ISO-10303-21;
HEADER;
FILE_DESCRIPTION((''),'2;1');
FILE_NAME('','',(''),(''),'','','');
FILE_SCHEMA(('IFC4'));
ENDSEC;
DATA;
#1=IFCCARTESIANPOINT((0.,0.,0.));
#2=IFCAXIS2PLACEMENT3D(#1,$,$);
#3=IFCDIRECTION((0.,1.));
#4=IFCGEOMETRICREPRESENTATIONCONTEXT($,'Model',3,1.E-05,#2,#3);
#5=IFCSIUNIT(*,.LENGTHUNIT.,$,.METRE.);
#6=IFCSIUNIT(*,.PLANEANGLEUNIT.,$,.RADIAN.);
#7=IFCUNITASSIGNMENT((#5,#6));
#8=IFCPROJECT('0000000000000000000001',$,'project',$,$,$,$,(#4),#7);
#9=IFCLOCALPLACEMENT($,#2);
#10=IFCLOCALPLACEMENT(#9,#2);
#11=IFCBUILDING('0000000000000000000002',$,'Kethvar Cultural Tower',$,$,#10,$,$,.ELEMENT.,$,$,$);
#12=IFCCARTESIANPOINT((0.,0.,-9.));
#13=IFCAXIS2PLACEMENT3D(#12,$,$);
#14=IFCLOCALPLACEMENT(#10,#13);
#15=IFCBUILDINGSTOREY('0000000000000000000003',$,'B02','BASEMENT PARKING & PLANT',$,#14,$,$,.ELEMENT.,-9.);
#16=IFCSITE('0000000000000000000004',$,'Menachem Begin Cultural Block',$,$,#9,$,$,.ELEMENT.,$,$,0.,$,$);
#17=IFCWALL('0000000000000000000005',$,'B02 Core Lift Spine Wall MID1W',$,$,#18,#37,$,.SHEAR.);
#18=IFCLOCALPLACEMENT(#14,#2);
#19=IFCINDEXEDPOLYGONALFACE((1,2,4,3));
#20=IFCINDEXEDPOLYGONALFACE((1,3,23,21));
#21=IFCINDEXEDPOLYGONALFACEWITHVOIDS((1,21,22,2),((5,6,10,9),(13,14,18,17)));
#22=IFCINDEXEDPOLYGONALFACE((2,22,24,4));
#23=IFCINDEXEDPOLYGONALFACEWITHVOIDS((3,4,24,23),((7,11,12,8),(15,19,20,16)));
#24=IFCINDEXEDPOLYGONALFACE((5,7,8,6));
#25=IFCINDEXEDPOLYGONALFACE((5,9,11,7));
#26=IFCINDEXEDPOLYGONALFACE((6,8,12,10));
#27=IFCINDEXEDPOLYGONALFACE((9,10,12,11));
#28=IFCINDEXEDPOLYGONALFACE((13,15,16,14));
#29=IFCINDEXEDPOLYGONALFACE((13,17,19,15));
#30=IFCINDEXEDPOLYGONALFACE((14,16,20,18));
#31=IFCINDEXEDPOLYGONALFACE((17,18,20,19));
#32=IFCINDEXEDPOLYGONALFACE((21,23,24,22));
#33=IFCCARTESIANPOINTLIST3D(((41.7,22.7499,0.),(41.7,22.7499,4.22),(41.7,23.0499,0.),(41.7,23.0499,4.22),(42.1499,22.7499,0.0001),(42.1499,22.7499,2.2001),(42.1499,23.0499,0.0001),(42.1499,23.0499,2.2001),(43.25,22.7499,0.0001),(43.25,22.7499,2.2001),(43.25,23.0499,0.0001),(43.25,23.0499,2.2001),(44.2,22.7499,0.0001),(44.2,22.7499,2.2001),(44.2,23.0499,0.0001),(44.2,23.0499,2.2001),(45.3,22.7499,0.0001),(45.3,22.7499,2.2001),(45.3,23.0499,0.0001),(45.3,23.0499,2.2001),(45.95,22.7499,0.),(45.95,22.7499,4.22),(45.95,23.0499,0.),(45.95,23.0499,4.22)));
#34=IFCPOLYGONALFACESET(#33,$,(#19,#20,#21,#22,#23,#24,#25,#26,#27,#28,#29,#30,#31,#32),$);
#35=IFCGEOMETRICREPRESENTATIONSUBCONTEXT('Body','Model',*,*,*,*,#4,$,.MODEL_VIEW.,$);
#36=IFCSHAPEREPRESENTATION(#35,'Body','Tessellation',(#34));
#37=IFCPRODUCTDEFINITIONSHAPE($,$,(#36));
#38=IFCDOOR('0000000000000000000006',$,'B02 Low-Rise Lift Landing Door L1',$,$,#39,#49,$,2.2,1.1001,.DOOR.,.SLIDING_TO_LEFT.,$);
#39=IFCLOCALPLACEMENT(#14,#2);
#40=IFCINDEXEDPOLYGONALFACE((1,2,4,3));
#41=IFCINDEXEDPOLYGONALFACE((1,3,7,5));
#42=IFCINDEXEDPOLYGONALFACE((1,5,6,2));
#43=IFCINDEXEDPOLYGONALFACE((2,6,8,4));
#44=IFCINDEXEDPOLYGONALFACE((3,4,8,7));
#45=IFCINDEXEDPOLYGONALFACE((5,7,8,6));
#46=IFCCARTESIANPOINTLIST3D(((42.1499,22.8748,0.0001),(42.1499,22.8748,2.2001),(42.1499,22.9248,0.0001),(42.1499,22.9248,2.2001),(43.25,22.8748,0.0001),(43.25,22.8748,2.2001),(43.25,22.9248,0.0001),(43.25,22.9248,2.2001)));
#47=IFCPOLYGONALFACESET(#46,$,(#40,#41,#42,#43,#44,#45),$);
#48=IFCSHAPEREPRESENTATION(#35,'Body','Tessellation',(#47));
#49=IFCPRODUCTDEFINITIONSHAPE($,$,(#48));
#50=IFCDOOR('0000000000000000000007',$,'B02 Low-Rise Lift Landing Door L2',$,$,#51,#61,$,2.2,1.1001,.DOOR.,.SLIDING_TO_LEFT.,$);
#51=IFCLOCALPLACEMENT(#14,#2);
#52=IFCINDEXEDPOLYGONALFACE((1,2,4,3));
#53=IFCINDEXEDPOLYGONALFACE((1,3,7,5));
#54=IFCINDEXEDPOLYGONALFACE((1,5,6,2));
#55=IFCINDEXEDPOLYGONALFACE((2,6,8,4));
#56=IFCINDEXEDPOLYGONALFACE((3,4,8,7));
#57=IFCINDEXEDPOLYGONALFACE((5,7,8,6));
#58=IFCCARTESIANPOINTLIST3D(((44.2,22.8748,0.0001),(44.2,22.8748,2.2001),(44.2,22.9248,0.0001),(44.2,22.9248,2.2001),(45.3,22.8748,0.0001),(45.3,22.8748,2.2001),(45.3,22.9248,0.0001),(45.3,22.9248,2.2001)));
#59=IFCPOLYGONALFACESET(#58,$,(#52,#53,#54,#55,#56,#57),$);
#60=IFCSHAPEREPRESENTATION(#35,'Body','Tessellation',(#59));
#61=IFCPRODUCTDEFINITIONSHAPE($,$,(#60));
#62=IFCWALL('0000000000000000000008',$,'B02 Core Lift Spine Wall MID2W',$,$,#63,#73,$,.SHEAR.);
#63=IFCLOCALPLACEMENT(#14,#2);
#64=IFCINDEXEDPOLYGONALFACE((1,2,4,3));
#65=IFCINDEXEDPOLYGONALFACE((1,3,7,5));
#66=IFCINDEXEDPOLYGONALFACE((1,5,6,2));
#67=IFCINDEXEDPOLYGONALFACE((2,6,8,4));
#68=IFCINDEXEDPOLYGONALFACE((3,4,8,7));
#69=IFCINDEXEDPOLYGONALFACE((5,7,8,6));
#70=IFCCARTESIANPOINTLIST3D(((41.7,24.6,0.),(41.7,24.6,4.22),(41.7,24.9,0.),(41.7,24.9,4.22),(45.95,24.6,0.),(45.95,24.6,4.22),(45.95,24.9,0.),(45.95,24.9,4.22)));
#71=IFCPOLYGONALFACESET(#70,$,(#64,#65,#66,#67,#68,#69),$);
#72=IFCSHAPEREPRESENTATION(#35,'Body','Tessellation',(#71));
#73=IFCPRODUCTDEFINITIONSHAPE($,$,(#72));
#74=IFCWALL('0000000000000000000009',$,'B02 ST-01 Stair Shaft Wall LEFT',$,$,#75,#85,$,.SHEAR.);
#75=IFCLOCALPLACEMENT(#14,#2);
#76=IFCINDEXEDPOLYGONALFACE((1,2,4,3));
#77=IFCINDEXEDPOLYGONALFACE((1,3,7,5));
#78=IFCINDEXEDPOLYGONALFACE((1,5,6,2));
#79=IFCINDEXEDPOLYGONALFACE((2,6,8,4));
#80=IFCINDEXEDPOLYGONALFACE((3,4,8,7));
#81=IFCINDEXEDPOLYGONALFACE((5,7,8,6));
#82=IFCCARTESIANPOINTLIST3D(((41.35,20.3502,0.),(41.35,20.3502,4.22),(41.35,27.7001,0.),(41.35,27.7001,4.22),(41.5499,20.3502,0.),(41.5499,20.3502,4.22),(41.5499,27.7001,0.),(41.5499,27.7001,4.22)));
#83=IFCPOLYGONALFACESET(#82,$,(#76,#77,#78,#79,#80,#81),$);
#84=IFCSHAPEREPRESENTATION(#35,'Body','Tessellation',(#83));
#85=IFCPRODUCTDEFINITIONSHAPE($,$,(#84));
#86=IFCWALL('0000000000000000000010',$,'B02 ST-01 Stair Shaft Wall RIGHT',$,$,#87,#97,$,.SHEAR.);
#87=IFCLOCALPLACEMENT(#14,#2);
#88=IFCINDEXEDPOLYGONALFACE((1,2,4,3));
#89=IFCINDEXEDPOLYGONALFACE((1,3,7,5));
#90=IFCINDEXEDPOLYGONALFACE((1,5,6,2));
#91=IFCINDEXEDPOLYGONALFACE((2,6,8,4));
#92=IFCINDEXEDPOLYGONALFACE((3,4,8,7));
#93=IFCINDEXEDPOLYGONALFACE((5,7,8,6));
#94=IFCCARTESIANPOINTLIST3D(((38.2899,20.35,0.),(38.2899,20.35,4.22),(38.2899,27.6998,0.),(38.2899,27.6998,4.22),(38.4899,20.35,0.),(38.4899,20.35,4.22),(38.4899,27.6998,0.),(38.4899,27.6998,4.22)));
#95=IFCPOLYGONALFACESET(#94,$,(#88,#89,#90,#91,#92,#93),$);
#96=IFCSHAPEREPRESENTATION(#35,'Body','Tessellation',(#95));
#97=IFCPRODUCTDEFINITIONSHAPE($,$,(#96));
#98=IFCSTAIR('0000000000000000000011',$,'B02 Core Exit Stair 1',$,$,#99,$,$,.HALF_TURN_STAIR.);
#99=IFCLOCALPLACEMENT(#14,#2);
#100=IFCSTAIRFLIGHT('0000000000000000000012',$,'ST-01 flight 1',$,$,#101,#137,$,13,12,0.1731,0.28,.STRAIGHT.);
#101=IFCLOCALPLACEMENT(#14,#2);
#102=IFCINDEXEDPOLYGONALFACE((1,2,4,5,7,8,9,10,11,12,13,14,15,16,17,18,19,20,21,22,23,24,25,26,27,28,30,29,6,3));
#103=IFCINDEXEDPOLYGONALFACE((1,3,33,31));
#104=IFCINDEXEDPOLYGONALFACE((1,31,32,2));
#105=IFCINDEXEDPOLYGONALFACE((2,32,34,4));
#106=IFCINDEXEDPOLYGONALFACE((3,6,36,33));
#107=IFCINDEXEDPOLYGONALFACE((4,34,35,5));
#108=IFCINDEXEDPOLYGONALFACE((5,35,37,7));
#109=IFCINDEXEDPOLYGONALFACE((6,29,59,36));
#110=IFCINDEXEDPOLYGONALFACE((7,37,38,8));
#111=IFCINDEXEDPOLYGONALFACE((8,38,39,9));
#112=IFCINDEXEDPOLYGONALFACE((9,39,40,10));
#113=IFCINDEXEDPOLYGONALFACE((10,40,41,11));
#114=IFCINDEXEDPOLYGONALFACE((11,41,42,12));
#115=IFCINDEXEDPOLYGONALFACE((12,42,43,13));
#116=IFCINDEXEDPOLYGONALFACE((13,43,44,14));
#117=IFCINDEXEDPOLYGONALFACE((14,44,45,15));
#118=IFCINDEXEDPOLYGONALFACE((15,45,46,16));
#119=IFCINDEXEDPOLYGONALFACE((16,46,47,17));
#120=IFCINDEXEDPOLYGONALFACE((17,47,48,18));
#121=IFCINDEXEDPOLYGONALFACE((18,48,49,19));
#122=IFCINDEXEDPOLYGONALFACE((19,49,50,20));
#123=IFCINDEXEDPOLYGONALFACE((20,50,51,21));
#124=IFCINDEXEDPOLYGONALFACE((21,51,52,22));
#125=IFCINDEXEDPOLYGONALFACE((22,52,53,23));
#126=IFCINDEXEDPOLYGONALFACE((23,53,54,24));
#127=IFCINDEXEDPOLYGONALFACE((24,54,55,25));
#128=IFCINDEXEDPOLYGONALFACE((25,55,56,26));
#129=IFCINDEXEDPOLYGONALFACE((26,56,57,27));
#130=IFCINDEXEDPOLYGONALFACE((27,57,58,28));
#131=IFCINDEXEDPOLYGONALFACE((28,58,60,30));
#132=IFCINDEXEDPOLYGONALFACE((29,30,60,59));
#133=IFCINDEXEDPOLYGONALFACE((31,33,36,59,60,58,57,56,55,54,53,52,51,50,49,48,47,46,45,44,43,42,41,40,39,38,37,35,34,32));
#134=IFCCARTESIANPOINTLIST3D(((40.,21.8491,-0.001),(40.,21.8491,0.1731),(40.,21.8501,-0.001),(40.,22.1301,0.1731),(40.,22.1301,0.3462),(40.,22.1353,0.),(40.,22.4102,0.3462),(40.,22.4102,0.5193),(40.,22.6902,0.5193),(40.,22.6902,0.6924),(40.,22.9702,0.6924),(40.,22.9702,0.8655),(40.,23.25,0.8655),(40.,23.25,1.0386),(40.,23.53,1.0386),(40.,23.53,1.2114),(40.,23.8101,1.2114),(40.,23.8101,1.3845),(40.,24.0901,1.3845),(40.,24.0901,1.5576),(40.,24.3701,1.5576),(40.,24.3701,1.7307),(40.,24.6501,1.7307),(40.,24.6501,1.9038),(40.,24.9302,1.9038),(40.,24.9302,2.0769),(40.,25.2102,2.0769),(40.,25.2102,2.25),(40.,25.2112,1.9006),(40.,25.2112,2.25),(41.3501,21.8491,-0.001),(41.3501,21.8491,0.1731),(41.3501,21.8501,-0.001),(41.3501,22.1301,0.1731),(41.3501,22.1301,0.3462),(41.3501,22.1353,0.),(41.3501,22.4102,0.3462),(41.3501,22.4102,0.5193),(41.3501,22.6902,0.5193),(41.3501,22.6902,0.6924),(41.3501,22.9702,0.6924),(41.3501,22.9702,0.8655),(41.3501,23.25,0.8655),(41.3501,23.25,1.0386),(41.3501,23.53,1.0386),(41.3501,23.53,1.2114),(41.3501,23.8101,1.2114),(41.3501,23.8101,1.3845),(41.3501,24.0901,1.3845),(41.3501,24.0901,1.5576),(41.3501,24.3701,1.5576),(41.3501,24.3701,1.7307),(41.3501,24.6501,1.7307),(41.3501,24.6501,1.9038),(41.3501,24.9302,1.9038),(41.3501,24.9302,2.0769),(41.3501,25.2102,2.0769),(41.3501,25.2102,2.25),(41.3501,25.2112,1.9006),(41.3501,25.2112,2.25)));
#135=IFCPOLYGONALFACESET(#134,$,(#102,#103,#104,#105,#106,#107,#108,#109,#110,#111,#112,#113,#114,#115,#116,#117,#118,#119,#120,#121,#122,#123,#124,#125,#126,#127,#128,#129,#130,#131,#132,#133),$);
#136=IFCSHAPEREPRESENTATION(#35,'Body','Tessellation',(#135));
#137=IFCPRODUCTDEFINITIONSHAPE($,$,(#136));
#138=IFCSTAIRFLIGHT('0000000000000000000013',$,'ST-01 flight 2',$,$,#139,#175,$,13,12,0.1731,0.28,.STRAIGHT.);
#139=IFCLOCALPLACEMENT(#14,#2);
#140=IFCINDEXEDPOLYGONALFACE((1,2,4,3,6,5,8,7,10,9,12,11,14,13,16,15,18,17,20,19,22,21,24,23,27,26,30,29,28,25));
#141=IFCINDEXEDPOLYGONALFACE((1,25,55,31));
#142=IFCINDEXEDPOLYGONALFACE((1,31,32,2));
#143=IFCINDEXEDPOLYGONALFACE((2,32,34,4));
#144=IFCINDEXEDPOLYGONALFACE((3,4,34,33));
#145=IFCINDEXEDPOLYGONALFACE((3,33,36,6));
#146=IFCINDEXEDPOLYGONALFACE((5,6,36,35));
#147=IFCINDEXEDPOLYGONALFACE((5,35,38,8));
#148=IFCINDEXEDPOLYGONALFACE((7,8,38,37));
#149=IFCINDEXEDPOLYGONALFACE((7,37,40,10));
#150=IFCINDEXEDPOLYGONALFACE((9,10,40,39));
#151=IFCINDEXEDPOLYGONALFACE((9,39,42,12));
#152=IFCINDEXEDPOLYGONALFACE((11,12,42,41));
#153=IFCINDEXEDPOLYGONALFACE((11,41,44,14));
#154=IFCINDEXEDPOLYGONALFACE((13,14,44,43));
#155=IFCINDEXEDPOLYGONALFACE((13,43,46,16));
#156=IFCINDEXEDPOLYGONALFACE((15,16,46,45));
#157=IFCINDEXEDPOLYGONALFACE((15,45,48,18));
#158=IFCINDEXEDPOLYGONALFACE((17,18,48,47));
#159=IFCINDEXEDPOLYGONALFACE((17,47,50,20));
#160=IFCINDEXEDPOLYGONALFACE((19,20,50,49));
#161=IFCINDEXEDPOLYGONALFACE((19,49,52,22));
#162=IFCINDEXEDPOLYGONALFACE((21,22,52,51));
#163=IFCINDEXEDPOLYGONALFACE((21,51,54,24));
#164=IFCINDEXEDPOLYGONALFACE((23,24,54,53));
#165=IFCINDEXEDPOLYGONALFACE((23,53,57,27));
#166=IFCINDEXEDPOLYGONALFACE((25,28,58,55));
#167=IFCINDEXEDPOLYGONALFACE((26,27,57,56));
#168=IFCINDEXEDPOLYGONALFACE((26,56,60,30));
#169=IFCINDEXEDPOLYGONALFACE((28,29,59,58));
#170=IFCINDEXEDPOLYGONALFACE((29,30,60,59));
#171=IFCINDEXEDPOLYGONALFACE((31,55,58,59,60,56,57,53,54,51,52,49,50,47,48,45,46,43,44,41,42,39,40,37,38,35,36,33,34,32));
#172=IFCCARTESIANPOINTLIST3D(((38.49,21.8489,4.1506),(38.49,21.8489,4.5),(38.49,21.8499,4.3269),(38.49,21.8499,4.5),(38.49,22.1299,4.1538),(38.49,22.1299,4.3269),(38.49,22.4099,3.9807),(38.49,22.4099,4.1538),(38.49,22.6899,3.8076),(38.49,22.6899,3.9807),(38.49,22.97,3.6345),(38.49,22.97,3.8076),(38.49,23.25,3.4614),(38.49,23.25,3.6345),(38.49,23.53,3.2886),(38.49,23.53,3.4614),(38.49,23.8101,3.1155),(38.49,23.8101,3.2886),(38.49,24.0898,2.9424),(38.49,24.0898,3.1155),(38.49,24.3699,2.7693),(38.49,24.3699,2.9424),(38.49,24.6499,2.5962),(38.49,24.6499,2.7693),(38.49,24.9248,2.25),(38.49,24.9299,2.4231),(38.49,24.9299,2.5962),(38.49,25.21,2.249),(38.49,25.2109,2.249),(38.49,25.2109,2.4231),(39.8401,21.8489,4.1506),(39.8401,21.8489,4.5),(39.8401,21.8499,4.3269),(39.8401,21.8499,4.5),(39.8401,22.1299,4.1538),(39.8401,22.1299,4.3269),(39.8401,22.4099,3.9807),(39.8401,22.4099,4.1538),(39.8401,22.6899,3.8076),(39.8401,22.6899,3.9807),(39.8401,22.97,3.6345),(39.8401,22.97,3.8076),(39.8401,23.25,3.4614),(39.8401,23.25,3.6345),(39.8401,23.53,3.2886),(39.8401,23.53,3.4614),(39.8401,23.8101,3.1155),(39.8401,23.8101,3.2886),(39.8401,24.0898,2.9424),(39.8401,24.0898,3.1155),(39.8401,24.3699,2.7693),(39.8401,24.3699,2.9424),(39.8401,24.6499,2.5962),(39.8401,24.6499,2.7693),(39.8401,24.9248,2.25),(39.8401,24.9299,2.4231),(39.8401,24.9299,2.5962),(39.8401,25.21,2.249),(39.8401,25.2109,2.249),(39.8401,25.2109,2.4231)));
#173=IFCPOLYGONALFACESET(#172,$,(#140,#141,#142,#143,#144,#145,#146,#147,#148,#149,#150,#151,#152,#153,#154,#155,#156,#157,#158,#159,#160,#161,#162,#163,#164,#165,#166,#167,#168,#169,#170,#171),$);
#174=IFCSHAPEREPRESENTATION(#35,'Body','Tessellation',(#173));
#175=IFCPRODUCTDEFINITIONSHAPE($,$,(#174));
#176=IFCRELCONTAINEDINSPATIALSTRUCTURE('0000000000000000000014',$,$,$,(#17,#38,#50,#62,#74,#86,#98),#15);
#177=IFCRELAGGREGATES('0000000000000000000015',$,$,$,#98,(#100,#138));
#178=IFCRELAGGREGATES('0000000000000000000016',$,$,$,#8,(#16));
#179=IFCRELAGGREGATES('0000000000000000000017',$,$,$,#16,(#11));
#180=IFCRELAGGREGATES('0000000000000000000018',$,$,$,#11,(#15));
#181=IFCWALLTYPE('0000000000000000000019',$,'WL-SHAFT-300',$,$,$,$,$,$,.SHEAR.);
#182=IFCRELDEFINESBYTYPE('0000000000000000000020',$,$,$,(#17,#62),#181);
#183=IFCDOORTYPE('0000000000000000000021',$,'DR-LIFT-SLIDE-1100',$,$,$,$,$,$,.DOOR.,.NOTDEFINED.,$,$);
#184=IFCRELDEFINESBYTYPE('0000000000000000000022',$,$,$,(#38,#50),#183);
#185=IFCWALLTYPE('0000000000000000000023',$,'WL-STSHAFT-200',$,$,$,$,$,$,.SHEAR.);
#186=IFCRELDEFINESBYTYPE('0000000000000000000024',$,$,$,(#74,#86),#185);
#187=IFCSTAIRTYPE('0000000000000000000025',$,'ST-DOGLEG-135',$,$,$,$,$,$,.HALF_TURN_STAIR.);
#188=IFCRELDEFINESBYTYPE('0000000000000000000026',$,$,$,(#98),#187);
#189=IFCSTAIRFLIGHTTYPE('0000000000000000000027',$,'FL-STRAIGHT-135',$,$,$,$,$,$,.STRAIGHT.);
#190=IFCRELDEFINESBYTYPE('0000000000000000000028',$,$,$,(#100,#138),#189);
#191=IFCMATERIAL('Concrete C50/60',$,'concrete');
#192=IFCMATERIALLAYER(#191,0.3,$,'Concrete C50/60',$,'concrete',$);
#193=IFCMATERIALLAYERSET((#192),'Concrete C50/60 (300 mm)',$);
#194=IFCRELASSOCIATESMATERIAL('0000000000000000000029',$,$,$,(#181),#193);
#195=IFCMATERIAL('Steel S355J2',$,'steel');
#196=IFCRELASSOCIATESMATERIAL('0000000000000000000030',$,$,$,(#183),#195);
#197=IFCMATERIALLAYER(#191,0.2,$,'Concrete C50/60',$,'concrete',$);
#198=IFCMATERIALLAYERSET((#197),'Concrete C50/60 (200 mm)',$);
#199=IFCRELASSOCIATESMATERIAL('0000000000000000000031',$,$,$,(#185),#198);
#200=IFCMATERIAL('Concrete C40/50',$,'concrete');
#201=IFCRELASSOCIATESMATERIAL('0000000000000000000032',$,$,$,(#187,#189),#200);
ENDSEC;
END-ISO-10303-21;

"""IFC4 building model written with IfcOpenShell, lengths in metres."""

from ifc_helpers import new_model, si_unit, direction, frame, frame_2d, origin, place, context, subcontext, project, spatial, polyline, rectangle, outline, extrude, source, transform, mapped, material, layer, layer_set, type_object, element, fill, aggregate, save


model = new_model("IFC4")

# Units and contexts
model_context = context("Model", 3, precision=1e-05, world=origin(), true_north=direction((0.0, 1.0)))
body_context = subcontext(model_context, "Body", "Model", "MODEL_VIEW")
ifc_project = project(units=[si_unit("LENGTHUNIT", "METRE"), si_unit("PLANEANGLEUNIT", "RADIAN")], contexts=[model_context])

# Site, building, storey
site_placement = place(None, origin())
site = spatial("IfcSite", under=ifc_project, at=site_placement, Name="Menachem Begin Cultural Block", CompositionType="ELEMENT", RefElevation=0.0)
building_placement = place(site_placement, origin())
building = spatial("IfcBuilding", under=site, at=building_placement, Name="Kethvar Cultural Tower", CompositionType="ELEMENT")
storey_placement = place(building_placement, frame((0.0, 0.0, -9.0)))
storey = spatial("IfcBuildingStorey", under=building, at=storey_placement, Name="B02", Description="BASEMENT PARKING & PLANT", CompositionType="ELEMENT", Elevation=-9.0)

# Shared definitions
ifc_material_1 = material(Name="Steel S355J2", Category="steel")

# Shared definitions
ifc_material_2 = material(Name="Concrete C40/50", Category="concrete")

# Wall, openings, doors
ifc_material_3 = material(Name="Concrete C50/60", Category="concrete")
ifc_layer_1 = layer(ifc_material_3, 0.3, Name="Concrete C50/60", Category="concrete")
ifc_layer_set_1 = layer_set([ifc_layer_1], Name="Concrete C50/60 (300 mm)")
wall_type_1 = type_object("IfcWallType", Name="WL-SHAFT-300", PredefinedType="SHEAR", material=ifc_layer_set_1)
wall_1_placement = place(storey_placement, frame((41.7, 22.8999, 0.0), z_axis=(0.0, 0.0, 1.0), x_axis=(1.0, 0.0, 0.0)))
wall_1 = element("IfcWall", 1, at=wall_1_placement, inside=storey, type_object=wall_type_1, Name="B02 Core Lift Spine Wall MID1W", PredefinedType="SHEAR", context=body_context, shape_type="SweptSolid", body=[
    extrude(rectangle(XDim=4.25, YDim=0.3, at=frame_2d((2.125, 0.0))), origin(), (0.0, 0.0, 1.0), 4.22),
])
opening_1_placement = place(wall_1_placement, frame((0.45, 0.0, 0.0)))
opening_1 = element("IfcOpeningElement", 2, at=opening_1_placement, cuts=wall_1, PredefinedType="OPENING", context=body_context, shape_type="SweptSolid", body=[
    extrude(rectangle(XDim=1.1001, YDim=2.2, at=frame_2d((0.55, 1.1001))), frame((0.0, 0.1599, 0.0), z_axis=(0.0, -1.0, 0.0), x_axis=(1.0, 0.0, 0.0)), (0.0, 0.0, 1.0), 0.3201),
])
opening_2_placement = place(wall_1_placement, frame((2.5, 0.0, 0.0)))
opening_2 = element("IfcOpeningElement", 3, at=opening_2_placement, cuts=wall_1, PredefinedType="OPENING", context=body_context, shape_type="SweptSolid", body=[
    extrude(rectangle(XDim=1.1001, YDim=2.2, at=frame_2d((0.55, 1.1001))), frame((0.0, 0.1599, 0.0), z_axis=(0.0, -1.0, 0.0), x_axis=(1.0, 0.0, 0.0)), (0.0, 0.0, 1.0), 0.3201),
])
door_type_1 = type_object("IfcDoorType", Name="DR-LIFT-SLIDE-1100", OperationType="NOTDEFINED", PredefinedType="DOOR", material=ifc_material_1)
shared_shape_1 = source(origin(), body_context, "Body", "SweptSolid", [
    extrude(rectangle(XDim=1.1001, YDim=2.2, at=frame_2d((0.55, 1.1001))), frame((0.0, 0.0249, 0.0), z_axis=(0.0, -1.0, 0.0), x_axis=(1.0, 0.0, 0.0)), (0.0, 0.0, 1.0), 0.05),
])
door_1_placement = place(opening_1_placement, origin())
door_1 = element("IfcDoor", 4, at=door_1_placement, inside=storey, type_object=door_type_1, Name="B02 Low-Rise Lift Landing Door L1", OperationType="SLIDING_TO_LEFT", OverallHeight=2.2, OverallWidth=1.1001, PredefinedType="DOOR", context=body_context, shape_type="MappedRepresentation", body=[
    mapped(shared_shape_1, transform((0.0, 0.0, 0.0), scale=1.0)),
])
fill(opening_1, door_1)
door_2_placement = place(opening_2_placement, origin())
door_2 = element("IfcDoor", 5, at=door_2_placement, inside=storey, type_object=door_type_1, Name="B02 Low-Rise Lift Landing Door L2", OperationType="SLIDING_TO_LEFT", OverallHeight=2.2, OverallWidth=1.1001, PredefinedType="DOOR", context=body_context, shape_type="MappedRepresentation", body=[
    mapped(shared_shape_1, transform((0.0, 0.0, 0.0), scale=1.0)),
])
fill(opening_2, door_2)

# Walls
wall_2_placement = place(storey_placement, frame((41.7, 24.75, 0.0), z_axis=(0.0, 0.0, 1.0), x_axis=(1.0, 0.0, 0.0)))
element("IfcWall", 6, at=wall_2_placement, inside=storey, type_object=wall_type_1, Name="B02 Core Lift Spine Wall MID2W", PredefinedType="SHEAR", context=body_context, shape_type="SweptSolid", body=[
    extrude(rectangle(XDim=4.25, YDim=0.3, at=frame_2d((2.125, 0.0))), origin(), (0.0, 0.0, 1.0), 4.22),
])
ifc_layer_2 = layer(ifc_material_3, 0.2, Name="Concrete C50/60", Category="concrete")
ifc_layer_set_2 = layer_set([ifc_layer_2], Name="Concrete C50/60 (200 mm)")
wall_type_2 = type_object("IfcWallType", Name="WL-STSHAFT-200", PredefinedType="SHEAR", material=ifc_layer_set_2)
for number, where, z_axis, x_axis, name in (
    (7, (41.45, 27.7, 0.0), (0.0, 0.0, 1.0), (0.0, -1.0, 0.0), "B02 ST-01 Stair Shaft Wall LEFT"),
    (8, (38.3899, 20.3501, 0.0), (0.0, 0.0, 1.0), (0.0, 1.0, 0.0), "B02 ST-01 Stair Shaft Wall RIGHT"),
):
    element("IfcWall", number, at=place(storey_placement, frame(where, z_axis=z_axis, x_axis=x_axis)), inside=storey, type_object=wall_type_2, Name=name, PredefinedType="SHEAR", context=body_context, shape_type="SweptSolid", body=[
        extrude(rectangle(XDim=7.3499, YDim=0.2, at=frame_2d((3.6748, 0.0))), origin(), (0.0, 0.0, 1.0), 4.22),
    ])

# Stair, stair flights
stair_type = type_object("IfcStairType", Name="ST-DOGLEG-135", PredefinedType="HALF_TURN_STAIR", material=ifc_material_2)
stair_placement = place(storey_placement, origin())
stair = element("IfcStair", 9, at=stair_placement, inside=storey, type_object=stair_type, Name="B02 Core Exit Stair 1", PredefinedType="HALF_TURN_STAIR")
stair_flight_type = type_object("IfcStairFlightType", Name="FL-STRAIGHT-135", PredefinedType="STRAIGHT", material=ifc_material_2)
stair_flight_1_placement = place(storey_placement, frame((40.675, 21.8501, 0.0), z_axis=(0.0, 0.0, 1.0), x_axis=(0.0, 1.0, 0.0)))
stair_flight_1 = element("IfcStairFlight", 10, at=stair_flight_1_placement, type_object=stair_flight_type, Name="ST-01 flight 1", NumberOfRisers=13, NumberOfTreads=12, PredefinedType="STRAIGHT", RiserHeight=0.1731, TreadLength=0.28, context=body_context, shape_type="SweptSolid", body=[
    extrude(outline(polyline([(-0.001, -0.001), (-0.001, 0.1731), (0.28, 0.1731), (0.28, 0.3462), (0.5601, 0.3462), (0.5601, 0.5193), (0.8401, 0.5193), (0.8401, 0.6924), (1.1201, 0.6924), (1.1201, 0.8655), (1.3999, 0.8655), (1.3999, 1.0386), (1.6799, 1.0386), (1.6799, 1.2114), (1.96, 1.2114), (1.96, 1.3845), (2.24, 1.3845), (2.24, 1.5576), (2.52, 1.5576), (2.52, 1.7307), (2.8, 1.7307), (2.8, 1.9038), (3.0801, 1.9038), (3.0801, 2.0769), (3.3601, 2.0769), (3.3601, 2.25), (3.3611, 2.25), (3.3611, 1.9006), (0.2852, 0.0), (0.0, -0.001), (-0.001, -0.001)])), frame((0.0, 0.675, 0.0), z_axis=(0.0, -1.0, 0.0), x_axis=(1.0, 0.0, 0.0)), (0.0, 0.0, 1.0), 1.3501),
])
stair_flight_2_placement = place(storey_placement, frame((39.165, 25.21, 2.25), z_axis=(0.0, 0.0, 1.0), x_axis=(0.0, -1.0, 0.0)))
stair_flight_2 = element("IfcStairFlight", 11, at=stair_flight_2_placement, type_object=stair_flight_type, Name="ST-01 flight 2", NumberOfRisers=13, NumberOfTreads=12, PredefinedType="STRAIGHT", RiserHeight=0.1731, TreadLength=0.28, context=body_context, shape_type="SweptSolid", body=[
    extrude(outline(polyline([(-0.001, -0.001), (-0.001, 0.1731), (0.28, 0.1731), (0.28, 0.3462), (0.5601, 0.3462), (0.5601, 0.5193), (0.8401, 0.5193), (0.8401, 0.6924), (1.1201, 0.6924), (1.1201, 0.8655), (1.3999, 0.8655), (1.3999, 1.0386), (1.6799, 1.0386), (1.6799, 1.2114), (1.96, 1.2114), (1.96, 1.3845), (2.24, 1.3845), (2.24, 1.5576), (2.52, 1.5576), (2.52, 1.7307), (2.8, 1.7307), (2.8, 1.9038), (3.0801, 1.9038), (3.0801, 2.0769), (3.3601, 2.0769), (3.3601, 2.25), (3.3611, 2.25), (3.3611, 1.9006), (0.2852, 0.0), (0.0, -0.001), (-0.001, -0.001)])), frame((0.0, 0.675, 0.0), z_axis=(0.0, -1.0, 0.0), x_axis=(1.0, 0.0, 0.0)), (0.0, 0.0, 1.0), 1.3501),
])
aggregate(stair, [stair_flight_1, stair_flight_2])

save(model, "model.ifc")
